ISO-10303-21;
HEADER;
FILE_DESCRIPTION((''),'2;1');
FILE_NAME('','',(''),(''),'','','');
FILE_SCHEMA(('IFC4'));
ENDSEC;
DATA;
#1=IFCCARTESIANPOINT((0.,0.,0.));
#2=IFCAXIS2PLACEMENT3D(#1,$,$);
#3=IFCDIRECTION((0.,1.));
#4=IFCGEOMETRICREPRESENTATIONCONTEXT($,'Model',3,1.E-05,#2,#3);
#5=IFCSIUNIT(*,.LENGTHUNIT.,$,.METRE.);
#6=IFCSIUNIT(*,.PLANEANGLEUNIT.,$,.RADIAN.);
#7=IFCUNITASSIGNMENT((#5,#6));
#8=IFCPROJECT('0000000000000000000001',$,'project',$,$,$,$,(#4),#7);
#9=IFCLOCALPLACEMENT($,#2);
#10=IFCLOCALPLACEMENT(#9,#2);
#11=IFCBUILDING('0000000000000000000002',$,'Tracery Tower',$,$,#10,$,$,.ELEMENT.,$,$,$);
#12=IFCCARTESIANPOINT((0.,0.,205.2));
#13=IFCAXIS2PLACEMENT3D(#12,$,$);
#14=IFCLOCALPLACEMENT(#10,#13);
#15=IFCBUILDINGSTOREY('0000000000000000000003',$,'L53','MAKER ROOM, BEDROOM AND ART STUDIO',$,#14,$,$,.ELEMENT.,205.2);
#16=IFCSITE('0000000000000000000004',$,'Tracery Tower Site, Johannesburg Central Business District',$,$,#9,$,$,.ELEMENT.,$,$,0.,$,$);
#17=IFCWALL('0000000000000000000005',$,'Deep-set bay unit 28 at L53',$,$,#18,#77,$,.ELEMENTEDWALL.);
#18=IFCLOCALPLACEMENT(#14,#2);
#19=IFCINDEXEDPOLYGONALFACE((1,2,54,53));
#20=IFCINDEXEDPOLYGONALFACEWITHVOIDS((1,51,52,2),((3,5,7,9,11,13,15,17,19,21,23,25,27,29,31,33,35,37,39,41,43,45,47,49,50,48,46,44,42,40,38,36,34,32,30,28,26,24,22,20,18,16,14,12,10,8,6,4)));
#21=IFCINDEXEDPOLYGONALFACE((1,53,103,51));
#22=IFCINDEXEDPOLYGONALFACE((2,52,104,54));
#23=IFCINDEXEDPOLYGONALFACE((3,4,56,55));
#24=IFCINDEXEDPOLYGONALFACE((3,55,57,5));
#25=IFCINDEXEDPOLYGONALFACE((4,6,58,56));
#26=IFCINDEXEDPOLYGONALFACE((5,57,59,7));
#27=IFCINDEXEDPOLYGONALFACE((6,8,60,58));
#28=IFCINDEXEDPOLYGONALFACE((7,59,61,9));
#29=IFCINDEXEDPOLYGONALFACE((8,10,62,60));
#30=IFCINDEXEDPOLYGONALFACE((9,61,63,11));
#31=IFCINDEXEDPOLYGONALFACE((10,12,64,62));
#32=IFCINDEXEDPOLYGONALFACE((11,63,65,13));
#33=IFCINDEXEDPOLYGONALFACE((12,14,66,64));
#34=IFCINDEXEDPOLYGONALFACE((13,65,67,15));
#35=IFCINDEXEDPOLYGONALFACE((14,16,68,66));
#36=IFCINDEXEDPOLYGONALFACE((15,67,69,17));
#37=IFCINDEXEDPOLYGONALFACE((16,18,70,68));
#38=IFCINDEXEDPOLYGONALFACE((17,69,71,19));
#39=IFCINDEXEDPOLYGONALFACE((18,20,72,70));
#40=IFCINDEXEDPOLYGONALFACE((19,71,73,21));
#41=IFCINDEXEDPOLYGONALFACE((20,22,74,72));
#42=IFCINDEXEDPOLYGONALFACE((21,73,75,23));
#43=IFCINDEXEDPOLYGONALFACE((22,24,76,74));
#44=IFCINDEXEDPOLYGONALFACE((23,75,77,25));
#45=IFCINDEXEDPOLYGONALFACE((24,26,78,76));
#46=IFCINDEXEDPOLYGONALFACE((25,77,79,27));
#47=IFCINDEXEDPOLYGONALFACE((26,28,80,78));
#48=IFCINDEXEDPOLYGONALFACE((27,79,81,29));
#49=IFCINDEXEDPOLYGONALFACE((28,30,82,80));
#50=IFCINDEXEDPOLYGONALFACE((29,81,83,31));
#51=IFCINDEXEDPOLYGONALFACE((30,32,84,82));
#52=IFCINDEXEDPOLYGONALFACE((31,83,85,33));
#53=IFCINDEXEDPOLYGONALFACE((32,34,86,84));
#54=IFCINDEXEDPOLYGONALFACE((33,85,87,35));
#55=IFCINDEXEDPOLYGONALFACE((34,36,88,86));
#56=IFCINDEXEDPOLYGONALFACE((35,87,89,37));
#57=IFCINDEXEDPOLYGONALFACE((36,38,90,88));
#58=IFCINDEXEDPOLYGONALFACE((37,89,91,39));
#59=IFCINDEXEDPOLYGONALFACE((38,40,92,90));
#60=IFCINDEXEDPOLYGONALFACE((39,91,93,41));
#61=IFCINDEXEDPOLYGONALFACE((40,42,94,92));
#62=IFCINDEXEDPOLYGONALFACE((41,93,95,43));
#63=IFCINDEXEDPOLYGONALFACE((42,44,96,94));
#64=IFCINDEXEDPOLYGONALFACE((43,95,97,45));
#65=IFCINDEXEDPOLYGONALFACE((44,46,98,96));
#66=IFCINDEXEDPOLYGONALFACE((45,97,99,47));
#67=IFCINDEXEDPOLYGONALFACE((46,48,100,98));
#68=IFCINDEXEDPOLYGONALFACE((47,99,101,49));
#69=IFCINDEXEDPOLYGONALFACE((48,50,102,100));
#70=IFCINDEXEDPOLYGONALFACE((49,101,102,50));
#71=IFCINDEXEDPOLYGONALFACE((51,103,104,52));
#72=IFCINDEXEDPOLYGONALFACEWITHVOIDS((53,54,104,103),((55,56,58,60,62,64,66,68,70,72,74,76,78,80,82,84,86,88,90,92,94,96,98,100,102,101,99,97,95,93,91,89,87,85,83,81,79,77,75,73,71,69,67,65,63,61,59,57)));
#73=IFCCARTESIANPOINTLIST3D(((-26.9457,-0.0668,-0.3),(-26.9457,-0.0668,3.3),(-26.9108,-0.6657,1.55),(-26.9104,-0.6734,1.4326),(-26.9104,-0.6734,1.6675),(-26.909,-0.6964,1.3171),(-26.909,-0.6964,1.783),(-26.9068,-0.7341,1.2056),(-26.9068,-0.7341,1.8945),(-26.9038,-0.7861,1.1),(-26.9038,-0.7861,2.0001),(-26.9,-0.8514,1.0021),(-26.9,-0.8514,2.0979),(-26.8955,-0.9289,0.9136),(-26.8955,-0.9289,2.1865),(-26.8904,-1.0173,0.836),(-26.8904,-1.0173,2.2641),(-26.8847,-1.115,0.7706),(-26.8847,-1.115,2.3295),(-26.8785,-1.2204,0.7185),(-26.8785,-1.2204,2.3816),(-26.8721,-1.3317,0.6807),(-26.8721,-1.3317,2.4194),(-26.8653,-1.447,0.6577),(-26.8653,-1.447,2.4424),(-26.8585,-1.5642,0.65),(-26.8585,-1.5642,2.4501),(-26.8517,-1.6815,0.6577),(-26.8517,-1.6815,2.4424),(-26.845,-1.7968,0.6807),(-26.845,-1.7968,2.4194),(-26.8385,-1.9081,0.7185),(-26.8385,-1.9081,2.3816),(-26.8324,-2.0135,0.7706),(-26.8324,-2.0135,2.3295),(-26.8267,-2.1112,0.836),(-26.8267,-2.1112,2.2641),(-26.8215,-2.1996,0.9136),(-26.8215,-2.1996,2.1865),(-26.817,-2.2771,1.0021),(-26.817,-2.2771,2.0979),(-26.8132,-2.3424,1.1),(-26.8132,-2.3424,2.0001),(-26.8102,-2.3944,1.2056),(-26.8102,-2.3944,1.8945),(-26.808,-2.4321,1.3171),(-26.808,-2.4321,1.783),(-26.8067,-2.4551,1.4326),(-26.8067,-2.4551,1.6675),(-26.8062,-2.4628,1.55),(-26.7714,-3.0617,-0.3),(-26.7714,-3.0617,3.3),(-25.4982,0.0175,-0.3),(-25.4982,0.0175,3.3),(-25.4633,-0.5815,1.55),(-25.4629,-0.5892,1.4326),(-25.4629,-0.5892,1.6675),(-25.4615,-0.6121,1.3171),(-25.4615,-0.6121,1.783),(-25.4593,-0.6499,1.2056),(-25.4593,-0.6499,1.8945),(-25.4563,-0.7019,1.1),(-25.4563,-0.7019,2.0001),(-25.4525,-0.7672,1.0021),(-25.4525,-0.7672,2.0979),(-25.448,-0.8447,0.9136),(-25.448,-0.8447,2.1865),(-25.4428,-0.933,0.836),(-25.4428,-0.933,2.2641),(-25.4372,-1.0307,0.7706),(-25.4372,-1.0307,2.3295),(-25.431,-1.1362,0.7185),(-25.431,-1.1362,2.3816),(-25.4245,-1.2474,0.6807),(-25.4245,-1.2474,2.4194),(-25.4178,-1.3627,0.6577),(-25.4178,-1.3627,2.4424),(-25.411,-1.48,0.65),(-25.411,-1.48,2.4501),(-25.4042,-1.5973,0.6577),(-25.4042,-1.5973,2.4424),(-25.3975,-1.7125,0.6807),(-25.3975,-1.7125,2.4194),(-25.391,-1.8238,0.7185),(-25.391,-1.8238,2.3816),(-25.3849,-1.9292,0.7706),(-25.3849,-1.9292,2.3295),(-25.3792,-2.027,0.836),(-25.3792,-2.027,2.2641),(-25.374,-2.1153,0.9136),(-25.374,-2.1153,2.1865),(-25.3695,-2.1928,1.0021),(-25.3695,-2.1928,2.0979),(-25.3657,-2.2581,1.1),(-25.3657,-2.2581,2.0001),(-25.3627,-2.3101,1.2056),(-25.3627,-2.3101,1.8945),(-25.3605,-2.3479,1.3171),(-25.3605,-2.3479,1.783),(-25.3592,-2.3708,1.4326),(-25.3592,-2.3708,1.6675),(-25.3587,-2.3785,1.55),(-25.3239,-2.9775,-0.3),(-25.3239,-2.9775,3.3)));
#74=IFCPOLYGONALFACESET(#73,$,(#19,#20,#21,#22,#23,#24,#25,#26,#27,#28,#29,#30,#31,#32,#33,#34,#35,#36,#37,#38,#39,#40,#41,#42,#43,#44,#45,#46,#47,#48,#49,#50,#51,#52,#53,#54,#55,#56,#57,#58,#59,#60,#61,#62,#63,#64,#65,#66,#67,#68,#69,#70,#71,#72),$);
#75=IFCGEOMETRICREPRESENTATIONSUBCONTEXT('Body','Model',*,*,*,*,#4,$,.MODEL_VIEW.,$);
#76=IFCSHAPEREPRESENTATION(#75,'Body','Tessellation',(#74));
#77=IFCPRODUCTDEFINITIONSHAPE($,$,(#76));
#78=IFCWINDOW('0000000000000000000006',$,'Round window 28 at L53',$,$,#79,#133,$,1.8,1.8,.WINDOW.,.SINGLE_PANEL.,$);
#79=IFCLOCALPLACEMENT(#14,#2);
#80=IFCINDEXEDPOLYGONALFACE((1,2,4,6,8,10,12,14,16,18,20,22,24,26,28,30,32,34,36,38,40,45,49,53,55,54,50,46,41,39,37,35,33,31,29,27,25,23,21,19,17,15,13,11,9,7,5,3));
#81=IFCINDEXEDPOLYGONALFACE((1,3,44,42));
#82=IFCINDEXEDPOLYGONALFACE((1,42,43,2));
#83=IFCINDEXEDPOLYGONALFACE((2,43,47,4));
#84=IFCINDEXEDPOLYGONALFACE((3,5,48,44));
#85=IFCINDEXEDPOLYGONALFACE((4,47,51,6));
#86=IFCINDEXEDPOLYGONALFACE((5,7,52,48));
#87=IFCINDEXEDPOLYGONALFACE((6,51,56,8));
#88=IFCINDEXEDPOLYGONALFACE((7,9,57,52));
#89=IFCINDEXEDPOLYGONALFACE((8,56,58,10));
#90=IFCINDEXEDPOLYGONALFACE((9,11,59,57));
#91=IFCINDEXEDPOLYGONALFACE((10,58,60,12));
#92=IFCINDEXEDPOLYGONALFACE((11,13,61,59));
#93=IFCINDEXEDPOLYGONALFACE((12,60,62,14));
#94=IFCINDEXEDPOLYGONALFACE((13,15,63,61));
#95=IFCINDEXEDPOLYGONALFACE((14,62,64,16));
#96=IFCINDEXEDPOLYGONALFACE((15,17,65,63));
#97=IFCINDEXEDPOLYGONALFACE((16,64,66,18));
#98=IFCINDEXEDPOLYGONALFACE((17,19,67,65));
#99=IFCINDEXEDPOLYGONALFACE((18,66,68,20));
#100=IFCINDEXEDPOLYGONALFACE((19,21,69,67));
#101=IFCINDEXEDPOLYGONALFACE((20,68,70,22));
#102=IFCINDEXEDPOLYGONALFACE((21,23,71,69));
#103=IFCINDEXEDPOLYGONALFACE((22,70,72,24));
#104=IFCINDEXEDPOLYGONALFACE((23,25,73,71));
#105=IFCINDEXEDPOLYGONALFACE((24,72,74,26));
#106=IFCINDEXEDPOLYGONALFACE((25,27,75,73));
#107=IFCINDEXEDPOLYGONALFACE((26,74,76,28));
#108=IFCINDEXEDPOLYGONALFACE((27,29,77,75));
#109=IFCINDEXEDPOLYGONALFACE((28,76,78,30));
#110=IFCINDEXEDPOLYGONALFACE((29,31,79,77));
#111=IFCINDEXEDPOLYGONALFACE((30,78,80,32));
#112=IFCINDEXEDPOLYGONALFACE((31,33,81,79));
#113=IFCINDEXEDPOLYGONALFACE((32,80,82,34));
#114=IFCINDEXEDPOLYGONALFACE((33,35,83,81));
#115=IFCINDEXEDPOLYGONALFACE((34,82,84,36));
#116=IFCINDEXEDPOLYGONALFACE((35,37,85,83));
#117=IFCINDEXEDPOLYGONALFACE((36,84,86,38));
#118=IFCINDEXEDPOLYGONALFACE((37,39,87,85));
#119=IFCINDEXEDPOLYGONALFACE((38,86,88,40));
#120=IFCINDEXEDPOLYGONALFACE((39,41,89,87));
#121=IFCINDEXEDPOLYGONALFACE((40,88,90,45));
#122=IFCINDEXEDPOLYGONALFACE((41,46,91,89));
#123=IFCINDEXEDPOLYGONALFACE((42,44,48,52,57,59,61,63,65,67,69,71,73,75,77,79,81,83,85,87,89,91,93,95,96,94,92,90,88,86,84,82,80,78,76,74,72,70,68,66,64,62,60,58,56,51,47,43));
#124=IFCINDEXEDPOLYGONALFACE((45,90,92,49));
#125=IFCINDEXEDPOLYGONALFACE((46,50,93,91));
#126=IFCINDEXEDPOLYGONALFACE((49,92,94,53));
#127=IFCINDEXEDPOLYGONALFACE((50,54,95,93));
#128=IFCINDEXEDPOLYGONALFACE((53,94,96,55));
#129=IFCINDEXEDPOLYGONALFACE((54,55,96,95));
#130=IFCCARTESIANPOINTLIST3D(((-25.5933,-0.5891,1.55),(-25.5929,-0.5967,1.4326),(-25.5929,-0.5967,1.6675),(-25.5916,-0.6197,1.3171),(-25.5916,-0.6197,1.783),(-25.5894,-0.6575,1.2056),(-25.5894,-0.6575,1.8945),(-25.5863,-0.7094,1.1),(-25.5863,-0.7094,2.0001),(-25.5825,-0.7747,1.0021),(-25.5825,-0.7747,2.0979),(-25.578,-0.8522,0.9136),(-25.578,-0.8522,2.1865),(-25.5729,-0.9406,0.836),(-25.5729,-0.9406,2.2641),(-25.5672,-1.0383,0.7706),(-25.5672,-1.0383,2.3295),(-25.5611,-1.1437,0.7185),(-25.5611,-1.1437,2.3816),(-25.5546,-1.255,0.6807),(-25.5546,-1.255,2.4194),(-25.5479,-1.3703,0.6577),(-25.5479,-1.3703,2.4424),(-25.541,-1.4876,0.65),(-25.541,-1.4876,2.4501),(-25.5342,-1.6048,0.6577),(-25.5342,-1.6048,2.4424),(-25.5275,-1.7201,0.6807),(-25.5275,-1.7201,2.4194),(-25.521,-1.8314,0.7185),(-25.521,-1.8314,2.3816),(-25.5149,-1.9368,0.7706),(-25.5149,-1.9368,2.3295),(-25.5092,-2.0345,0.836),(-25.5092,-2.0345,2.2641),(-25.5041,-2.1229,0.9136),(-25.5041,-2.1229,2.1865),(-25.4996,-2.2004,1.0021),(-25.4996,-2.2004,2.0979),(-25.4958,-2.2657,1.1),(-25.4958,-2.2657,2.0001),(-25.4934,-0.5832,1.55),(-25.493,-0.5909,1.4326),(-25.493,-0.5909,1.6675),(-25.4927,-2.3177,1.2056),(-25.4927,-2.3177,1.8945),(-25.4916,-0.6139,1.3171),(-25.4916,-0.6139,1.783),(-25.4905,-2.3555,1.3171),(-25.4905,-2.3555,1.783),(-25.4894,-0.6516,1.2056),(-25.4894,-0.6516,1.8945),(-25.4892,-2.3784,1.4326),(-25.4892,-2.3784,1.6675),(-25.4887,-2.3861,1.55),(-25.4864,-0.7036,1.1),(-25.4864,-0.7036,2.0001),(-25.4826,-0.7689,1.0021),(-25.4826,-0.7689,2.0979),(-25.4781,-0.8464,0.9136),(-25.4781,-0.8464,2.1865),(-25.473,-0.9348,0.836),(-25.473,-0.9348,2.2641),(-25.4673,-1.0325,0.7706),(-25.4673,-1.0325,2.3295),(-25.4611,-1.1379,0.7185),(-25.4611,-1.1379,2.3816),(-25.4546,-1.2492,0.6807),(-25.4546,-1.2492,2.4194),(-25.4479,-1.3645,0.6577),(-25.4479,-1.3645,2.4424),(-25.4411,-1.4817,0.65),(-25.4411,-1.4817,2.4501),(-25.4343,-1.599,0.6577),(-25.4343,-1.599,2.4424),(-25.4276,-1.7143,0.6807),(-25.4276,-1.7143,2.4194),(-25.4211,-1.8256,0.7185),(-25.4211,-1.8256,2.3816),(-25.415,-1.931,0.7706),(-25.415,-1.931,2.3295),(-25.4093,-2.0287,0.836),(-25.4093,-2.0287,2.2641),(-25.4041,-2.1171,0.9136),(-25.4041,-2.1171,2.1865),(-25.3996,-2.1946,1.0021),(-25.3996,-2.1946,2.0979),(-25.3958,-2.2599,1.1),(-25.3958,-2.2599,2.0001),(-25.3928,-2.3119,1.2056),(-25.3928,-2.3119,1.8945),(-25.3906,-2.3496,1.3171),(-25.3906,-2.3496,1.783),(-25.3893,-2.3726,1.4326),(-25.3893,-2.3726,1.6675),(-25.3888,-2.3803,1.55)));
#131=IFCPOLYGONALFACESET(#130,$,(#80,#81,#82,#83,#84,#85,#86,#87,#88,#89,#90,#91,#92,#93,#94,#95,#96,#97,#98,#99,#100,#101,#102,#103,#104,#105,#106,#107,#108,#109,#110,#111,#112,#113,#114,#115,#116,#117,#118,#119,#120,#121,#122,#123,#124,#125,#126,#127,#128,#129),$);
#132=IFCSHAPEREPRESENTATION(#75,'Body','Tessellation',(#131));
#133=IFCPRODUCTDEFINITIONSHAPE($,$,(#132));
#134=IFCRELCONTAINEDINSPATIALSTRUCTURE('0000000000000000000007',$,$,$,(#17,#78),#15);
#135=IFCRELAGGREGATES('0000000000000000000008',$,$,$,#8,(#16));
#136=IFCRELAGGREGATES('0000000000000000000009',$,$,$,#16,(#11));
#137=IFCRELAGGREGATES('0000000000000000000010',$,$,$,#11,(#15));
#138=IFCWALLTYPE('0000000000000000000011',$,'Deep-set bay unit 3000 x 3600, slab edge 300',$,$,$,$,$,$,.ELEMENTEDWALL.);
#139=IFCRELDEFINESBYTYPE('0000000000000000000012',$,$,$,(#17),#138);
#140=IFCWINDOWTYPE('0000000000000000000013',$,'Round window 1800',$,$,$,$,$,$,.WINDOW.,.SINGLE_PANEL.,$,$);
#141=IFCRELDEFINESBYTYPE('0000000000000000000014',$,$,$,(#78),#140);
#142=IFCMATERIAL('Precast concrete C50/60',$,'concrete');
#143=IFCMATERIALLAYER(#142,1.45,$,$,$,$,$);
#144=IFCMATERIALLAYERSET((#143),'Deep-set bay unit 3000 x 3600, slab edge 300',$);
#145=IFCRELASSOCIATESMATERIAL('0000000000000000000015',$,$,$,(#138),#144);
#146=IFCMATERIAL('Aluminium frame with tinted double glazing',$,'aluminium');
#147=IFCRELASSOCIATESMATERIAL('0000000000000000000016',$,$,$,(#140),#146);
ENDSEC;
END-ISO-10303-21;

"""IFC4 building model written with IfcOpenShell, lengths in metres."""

from ifc_helpers import new_model, si_unit, direction, frame, frame_2d, origin, origin_2d, place, context, subcontext, project, spatial, rectangle, circle, extrude, material, layer, layer_set, type_object, element, fill, save


model = new_model("IFC4")

# Units and contexts
model_context = context("Model", 3, precision=1e-05, world=origin(), true_north=direction((0.0, 1.0)))
body_context = subcontext(model_context, "Body", "Model", "MODEL_VIEW")
ifc_project = project(units=[si_unit("LENGTHUNIT", "METRE"), si_unit("PLANEANGLEUNIT", "RADIAN")], contexts=[model_context])

# Site, building, storey
site_placement = place(None, origin())
site = spatial("IfcSite", under=ifc_project, at=site_placement, Name="Tracery Tower Site, Johannesburg Central Business District", CompositionType="ELEMENT", RefElevation=0.0)
building_placement = place(site_placement, origin())
building = spatial("IfcBuilding", under=site, at=building_placement, Name="Tracery Tower", CompositionType="ELEMENT")
storey_placement = place(building_placement, frame((0.0, 0.0, 205.2)))
storey = spatial("IfcBuildingStorey", under=building, at=storey_placement, Name="L53", Description="MAKER ROOM, BEDROOM AND ART STUDIO", CompositionType="ELEMENT", Elevation=205.2)

# Wall, opening, window
ifc_material_1 = material(Name="Precast concrete C50/60", Category="concrete")
ifc_layer_1 = layer(ifc_material_1, 1.45)
ifc_layer_set_1 = layer_set([ifc_layer_1], Name="Deep-set bay unit 3000 x 3600, slab edge 300")
wall_type_1 = type_object("IfcWallType", Name="Deep-set bay unit 3000 x 3600, slab edge 300", PredefinedType="ELEMENTEDWALL", material=ifc_layer_set_1)
wall_1_placement = place(storey_placement, frame((-26.2219, -0.0247, -0.3), z_axis=(0.0, 0.0, 1.0), x_axis=(0.058107, -0.99831, 0.0)))
wall_1 = element("IfcWall", 1, at=wall_1_placement, inside=storey, type_object=wall_type_1, Name="Deep-set bay unit 28 at L53", PredefinedType="ELEMENTEDWALL", context=body_context, shape_type="SweptSolid", body=[
    extrude(rectangle(XDim=3.0, YDim=1.45, at=frame_2d((1.5, 0.0))), origin(), (0.0, 0.0, 1.0), 3.6001),
])
opening_1_placement = place(wall_1_placement, frame((1.5, 0.0, 1.8501)))
opening_1 = element("IfcOpeningElement", 2, at=opening_1_placement, cuts=wall_1, PredefinedType="OPENING", context=body_context, shape_type="SweptSolid", body=[
    extrude(circle(Radius=0.9, at=origin_2d()), frame((0.0, 0.7349, 0.0), z_axis=(0.0, -1.0, 0.0), x_axis=(1.0, 0.0, 0.0)), (0.0, 0.0, 1.0), 1.47),
])
ifc_material_2 = material(Name="Aluminium frame with tinted double glazing", Category="aluminium")
window_type = type_object("IfcWindowType", Name="Round window 1800", PartitioningType="SINGLE_PANEL", PredefinedType="WINDOW", material=ifc_material_2)
window_1_placement = place(opening_1_placement, origin())
window_1 = element("IfcWindow", 3, at=window_1_placement, inside=storey, type_object=window_type, Name="Round window 28 at L53", OverallHeight=1.8, OverallWidth=1.8, PartitioningType="SINGLE_PANEL", PredefinedType="WINDOW", context=body_context, shape_type="SweptSolid", body=[
    extrude(circle(Radius=0.9, at=origin_2d()), frame((0.0, 0.6948, 0.0), z_axis=(0.0, -1.0, 0.0), x_axis=(1.0, 0.0, 0.0)), (0.0, 0.0, 1.0), 0.1001),
])
fill(opening_1, window_1)

save(model, "model.ifc")
